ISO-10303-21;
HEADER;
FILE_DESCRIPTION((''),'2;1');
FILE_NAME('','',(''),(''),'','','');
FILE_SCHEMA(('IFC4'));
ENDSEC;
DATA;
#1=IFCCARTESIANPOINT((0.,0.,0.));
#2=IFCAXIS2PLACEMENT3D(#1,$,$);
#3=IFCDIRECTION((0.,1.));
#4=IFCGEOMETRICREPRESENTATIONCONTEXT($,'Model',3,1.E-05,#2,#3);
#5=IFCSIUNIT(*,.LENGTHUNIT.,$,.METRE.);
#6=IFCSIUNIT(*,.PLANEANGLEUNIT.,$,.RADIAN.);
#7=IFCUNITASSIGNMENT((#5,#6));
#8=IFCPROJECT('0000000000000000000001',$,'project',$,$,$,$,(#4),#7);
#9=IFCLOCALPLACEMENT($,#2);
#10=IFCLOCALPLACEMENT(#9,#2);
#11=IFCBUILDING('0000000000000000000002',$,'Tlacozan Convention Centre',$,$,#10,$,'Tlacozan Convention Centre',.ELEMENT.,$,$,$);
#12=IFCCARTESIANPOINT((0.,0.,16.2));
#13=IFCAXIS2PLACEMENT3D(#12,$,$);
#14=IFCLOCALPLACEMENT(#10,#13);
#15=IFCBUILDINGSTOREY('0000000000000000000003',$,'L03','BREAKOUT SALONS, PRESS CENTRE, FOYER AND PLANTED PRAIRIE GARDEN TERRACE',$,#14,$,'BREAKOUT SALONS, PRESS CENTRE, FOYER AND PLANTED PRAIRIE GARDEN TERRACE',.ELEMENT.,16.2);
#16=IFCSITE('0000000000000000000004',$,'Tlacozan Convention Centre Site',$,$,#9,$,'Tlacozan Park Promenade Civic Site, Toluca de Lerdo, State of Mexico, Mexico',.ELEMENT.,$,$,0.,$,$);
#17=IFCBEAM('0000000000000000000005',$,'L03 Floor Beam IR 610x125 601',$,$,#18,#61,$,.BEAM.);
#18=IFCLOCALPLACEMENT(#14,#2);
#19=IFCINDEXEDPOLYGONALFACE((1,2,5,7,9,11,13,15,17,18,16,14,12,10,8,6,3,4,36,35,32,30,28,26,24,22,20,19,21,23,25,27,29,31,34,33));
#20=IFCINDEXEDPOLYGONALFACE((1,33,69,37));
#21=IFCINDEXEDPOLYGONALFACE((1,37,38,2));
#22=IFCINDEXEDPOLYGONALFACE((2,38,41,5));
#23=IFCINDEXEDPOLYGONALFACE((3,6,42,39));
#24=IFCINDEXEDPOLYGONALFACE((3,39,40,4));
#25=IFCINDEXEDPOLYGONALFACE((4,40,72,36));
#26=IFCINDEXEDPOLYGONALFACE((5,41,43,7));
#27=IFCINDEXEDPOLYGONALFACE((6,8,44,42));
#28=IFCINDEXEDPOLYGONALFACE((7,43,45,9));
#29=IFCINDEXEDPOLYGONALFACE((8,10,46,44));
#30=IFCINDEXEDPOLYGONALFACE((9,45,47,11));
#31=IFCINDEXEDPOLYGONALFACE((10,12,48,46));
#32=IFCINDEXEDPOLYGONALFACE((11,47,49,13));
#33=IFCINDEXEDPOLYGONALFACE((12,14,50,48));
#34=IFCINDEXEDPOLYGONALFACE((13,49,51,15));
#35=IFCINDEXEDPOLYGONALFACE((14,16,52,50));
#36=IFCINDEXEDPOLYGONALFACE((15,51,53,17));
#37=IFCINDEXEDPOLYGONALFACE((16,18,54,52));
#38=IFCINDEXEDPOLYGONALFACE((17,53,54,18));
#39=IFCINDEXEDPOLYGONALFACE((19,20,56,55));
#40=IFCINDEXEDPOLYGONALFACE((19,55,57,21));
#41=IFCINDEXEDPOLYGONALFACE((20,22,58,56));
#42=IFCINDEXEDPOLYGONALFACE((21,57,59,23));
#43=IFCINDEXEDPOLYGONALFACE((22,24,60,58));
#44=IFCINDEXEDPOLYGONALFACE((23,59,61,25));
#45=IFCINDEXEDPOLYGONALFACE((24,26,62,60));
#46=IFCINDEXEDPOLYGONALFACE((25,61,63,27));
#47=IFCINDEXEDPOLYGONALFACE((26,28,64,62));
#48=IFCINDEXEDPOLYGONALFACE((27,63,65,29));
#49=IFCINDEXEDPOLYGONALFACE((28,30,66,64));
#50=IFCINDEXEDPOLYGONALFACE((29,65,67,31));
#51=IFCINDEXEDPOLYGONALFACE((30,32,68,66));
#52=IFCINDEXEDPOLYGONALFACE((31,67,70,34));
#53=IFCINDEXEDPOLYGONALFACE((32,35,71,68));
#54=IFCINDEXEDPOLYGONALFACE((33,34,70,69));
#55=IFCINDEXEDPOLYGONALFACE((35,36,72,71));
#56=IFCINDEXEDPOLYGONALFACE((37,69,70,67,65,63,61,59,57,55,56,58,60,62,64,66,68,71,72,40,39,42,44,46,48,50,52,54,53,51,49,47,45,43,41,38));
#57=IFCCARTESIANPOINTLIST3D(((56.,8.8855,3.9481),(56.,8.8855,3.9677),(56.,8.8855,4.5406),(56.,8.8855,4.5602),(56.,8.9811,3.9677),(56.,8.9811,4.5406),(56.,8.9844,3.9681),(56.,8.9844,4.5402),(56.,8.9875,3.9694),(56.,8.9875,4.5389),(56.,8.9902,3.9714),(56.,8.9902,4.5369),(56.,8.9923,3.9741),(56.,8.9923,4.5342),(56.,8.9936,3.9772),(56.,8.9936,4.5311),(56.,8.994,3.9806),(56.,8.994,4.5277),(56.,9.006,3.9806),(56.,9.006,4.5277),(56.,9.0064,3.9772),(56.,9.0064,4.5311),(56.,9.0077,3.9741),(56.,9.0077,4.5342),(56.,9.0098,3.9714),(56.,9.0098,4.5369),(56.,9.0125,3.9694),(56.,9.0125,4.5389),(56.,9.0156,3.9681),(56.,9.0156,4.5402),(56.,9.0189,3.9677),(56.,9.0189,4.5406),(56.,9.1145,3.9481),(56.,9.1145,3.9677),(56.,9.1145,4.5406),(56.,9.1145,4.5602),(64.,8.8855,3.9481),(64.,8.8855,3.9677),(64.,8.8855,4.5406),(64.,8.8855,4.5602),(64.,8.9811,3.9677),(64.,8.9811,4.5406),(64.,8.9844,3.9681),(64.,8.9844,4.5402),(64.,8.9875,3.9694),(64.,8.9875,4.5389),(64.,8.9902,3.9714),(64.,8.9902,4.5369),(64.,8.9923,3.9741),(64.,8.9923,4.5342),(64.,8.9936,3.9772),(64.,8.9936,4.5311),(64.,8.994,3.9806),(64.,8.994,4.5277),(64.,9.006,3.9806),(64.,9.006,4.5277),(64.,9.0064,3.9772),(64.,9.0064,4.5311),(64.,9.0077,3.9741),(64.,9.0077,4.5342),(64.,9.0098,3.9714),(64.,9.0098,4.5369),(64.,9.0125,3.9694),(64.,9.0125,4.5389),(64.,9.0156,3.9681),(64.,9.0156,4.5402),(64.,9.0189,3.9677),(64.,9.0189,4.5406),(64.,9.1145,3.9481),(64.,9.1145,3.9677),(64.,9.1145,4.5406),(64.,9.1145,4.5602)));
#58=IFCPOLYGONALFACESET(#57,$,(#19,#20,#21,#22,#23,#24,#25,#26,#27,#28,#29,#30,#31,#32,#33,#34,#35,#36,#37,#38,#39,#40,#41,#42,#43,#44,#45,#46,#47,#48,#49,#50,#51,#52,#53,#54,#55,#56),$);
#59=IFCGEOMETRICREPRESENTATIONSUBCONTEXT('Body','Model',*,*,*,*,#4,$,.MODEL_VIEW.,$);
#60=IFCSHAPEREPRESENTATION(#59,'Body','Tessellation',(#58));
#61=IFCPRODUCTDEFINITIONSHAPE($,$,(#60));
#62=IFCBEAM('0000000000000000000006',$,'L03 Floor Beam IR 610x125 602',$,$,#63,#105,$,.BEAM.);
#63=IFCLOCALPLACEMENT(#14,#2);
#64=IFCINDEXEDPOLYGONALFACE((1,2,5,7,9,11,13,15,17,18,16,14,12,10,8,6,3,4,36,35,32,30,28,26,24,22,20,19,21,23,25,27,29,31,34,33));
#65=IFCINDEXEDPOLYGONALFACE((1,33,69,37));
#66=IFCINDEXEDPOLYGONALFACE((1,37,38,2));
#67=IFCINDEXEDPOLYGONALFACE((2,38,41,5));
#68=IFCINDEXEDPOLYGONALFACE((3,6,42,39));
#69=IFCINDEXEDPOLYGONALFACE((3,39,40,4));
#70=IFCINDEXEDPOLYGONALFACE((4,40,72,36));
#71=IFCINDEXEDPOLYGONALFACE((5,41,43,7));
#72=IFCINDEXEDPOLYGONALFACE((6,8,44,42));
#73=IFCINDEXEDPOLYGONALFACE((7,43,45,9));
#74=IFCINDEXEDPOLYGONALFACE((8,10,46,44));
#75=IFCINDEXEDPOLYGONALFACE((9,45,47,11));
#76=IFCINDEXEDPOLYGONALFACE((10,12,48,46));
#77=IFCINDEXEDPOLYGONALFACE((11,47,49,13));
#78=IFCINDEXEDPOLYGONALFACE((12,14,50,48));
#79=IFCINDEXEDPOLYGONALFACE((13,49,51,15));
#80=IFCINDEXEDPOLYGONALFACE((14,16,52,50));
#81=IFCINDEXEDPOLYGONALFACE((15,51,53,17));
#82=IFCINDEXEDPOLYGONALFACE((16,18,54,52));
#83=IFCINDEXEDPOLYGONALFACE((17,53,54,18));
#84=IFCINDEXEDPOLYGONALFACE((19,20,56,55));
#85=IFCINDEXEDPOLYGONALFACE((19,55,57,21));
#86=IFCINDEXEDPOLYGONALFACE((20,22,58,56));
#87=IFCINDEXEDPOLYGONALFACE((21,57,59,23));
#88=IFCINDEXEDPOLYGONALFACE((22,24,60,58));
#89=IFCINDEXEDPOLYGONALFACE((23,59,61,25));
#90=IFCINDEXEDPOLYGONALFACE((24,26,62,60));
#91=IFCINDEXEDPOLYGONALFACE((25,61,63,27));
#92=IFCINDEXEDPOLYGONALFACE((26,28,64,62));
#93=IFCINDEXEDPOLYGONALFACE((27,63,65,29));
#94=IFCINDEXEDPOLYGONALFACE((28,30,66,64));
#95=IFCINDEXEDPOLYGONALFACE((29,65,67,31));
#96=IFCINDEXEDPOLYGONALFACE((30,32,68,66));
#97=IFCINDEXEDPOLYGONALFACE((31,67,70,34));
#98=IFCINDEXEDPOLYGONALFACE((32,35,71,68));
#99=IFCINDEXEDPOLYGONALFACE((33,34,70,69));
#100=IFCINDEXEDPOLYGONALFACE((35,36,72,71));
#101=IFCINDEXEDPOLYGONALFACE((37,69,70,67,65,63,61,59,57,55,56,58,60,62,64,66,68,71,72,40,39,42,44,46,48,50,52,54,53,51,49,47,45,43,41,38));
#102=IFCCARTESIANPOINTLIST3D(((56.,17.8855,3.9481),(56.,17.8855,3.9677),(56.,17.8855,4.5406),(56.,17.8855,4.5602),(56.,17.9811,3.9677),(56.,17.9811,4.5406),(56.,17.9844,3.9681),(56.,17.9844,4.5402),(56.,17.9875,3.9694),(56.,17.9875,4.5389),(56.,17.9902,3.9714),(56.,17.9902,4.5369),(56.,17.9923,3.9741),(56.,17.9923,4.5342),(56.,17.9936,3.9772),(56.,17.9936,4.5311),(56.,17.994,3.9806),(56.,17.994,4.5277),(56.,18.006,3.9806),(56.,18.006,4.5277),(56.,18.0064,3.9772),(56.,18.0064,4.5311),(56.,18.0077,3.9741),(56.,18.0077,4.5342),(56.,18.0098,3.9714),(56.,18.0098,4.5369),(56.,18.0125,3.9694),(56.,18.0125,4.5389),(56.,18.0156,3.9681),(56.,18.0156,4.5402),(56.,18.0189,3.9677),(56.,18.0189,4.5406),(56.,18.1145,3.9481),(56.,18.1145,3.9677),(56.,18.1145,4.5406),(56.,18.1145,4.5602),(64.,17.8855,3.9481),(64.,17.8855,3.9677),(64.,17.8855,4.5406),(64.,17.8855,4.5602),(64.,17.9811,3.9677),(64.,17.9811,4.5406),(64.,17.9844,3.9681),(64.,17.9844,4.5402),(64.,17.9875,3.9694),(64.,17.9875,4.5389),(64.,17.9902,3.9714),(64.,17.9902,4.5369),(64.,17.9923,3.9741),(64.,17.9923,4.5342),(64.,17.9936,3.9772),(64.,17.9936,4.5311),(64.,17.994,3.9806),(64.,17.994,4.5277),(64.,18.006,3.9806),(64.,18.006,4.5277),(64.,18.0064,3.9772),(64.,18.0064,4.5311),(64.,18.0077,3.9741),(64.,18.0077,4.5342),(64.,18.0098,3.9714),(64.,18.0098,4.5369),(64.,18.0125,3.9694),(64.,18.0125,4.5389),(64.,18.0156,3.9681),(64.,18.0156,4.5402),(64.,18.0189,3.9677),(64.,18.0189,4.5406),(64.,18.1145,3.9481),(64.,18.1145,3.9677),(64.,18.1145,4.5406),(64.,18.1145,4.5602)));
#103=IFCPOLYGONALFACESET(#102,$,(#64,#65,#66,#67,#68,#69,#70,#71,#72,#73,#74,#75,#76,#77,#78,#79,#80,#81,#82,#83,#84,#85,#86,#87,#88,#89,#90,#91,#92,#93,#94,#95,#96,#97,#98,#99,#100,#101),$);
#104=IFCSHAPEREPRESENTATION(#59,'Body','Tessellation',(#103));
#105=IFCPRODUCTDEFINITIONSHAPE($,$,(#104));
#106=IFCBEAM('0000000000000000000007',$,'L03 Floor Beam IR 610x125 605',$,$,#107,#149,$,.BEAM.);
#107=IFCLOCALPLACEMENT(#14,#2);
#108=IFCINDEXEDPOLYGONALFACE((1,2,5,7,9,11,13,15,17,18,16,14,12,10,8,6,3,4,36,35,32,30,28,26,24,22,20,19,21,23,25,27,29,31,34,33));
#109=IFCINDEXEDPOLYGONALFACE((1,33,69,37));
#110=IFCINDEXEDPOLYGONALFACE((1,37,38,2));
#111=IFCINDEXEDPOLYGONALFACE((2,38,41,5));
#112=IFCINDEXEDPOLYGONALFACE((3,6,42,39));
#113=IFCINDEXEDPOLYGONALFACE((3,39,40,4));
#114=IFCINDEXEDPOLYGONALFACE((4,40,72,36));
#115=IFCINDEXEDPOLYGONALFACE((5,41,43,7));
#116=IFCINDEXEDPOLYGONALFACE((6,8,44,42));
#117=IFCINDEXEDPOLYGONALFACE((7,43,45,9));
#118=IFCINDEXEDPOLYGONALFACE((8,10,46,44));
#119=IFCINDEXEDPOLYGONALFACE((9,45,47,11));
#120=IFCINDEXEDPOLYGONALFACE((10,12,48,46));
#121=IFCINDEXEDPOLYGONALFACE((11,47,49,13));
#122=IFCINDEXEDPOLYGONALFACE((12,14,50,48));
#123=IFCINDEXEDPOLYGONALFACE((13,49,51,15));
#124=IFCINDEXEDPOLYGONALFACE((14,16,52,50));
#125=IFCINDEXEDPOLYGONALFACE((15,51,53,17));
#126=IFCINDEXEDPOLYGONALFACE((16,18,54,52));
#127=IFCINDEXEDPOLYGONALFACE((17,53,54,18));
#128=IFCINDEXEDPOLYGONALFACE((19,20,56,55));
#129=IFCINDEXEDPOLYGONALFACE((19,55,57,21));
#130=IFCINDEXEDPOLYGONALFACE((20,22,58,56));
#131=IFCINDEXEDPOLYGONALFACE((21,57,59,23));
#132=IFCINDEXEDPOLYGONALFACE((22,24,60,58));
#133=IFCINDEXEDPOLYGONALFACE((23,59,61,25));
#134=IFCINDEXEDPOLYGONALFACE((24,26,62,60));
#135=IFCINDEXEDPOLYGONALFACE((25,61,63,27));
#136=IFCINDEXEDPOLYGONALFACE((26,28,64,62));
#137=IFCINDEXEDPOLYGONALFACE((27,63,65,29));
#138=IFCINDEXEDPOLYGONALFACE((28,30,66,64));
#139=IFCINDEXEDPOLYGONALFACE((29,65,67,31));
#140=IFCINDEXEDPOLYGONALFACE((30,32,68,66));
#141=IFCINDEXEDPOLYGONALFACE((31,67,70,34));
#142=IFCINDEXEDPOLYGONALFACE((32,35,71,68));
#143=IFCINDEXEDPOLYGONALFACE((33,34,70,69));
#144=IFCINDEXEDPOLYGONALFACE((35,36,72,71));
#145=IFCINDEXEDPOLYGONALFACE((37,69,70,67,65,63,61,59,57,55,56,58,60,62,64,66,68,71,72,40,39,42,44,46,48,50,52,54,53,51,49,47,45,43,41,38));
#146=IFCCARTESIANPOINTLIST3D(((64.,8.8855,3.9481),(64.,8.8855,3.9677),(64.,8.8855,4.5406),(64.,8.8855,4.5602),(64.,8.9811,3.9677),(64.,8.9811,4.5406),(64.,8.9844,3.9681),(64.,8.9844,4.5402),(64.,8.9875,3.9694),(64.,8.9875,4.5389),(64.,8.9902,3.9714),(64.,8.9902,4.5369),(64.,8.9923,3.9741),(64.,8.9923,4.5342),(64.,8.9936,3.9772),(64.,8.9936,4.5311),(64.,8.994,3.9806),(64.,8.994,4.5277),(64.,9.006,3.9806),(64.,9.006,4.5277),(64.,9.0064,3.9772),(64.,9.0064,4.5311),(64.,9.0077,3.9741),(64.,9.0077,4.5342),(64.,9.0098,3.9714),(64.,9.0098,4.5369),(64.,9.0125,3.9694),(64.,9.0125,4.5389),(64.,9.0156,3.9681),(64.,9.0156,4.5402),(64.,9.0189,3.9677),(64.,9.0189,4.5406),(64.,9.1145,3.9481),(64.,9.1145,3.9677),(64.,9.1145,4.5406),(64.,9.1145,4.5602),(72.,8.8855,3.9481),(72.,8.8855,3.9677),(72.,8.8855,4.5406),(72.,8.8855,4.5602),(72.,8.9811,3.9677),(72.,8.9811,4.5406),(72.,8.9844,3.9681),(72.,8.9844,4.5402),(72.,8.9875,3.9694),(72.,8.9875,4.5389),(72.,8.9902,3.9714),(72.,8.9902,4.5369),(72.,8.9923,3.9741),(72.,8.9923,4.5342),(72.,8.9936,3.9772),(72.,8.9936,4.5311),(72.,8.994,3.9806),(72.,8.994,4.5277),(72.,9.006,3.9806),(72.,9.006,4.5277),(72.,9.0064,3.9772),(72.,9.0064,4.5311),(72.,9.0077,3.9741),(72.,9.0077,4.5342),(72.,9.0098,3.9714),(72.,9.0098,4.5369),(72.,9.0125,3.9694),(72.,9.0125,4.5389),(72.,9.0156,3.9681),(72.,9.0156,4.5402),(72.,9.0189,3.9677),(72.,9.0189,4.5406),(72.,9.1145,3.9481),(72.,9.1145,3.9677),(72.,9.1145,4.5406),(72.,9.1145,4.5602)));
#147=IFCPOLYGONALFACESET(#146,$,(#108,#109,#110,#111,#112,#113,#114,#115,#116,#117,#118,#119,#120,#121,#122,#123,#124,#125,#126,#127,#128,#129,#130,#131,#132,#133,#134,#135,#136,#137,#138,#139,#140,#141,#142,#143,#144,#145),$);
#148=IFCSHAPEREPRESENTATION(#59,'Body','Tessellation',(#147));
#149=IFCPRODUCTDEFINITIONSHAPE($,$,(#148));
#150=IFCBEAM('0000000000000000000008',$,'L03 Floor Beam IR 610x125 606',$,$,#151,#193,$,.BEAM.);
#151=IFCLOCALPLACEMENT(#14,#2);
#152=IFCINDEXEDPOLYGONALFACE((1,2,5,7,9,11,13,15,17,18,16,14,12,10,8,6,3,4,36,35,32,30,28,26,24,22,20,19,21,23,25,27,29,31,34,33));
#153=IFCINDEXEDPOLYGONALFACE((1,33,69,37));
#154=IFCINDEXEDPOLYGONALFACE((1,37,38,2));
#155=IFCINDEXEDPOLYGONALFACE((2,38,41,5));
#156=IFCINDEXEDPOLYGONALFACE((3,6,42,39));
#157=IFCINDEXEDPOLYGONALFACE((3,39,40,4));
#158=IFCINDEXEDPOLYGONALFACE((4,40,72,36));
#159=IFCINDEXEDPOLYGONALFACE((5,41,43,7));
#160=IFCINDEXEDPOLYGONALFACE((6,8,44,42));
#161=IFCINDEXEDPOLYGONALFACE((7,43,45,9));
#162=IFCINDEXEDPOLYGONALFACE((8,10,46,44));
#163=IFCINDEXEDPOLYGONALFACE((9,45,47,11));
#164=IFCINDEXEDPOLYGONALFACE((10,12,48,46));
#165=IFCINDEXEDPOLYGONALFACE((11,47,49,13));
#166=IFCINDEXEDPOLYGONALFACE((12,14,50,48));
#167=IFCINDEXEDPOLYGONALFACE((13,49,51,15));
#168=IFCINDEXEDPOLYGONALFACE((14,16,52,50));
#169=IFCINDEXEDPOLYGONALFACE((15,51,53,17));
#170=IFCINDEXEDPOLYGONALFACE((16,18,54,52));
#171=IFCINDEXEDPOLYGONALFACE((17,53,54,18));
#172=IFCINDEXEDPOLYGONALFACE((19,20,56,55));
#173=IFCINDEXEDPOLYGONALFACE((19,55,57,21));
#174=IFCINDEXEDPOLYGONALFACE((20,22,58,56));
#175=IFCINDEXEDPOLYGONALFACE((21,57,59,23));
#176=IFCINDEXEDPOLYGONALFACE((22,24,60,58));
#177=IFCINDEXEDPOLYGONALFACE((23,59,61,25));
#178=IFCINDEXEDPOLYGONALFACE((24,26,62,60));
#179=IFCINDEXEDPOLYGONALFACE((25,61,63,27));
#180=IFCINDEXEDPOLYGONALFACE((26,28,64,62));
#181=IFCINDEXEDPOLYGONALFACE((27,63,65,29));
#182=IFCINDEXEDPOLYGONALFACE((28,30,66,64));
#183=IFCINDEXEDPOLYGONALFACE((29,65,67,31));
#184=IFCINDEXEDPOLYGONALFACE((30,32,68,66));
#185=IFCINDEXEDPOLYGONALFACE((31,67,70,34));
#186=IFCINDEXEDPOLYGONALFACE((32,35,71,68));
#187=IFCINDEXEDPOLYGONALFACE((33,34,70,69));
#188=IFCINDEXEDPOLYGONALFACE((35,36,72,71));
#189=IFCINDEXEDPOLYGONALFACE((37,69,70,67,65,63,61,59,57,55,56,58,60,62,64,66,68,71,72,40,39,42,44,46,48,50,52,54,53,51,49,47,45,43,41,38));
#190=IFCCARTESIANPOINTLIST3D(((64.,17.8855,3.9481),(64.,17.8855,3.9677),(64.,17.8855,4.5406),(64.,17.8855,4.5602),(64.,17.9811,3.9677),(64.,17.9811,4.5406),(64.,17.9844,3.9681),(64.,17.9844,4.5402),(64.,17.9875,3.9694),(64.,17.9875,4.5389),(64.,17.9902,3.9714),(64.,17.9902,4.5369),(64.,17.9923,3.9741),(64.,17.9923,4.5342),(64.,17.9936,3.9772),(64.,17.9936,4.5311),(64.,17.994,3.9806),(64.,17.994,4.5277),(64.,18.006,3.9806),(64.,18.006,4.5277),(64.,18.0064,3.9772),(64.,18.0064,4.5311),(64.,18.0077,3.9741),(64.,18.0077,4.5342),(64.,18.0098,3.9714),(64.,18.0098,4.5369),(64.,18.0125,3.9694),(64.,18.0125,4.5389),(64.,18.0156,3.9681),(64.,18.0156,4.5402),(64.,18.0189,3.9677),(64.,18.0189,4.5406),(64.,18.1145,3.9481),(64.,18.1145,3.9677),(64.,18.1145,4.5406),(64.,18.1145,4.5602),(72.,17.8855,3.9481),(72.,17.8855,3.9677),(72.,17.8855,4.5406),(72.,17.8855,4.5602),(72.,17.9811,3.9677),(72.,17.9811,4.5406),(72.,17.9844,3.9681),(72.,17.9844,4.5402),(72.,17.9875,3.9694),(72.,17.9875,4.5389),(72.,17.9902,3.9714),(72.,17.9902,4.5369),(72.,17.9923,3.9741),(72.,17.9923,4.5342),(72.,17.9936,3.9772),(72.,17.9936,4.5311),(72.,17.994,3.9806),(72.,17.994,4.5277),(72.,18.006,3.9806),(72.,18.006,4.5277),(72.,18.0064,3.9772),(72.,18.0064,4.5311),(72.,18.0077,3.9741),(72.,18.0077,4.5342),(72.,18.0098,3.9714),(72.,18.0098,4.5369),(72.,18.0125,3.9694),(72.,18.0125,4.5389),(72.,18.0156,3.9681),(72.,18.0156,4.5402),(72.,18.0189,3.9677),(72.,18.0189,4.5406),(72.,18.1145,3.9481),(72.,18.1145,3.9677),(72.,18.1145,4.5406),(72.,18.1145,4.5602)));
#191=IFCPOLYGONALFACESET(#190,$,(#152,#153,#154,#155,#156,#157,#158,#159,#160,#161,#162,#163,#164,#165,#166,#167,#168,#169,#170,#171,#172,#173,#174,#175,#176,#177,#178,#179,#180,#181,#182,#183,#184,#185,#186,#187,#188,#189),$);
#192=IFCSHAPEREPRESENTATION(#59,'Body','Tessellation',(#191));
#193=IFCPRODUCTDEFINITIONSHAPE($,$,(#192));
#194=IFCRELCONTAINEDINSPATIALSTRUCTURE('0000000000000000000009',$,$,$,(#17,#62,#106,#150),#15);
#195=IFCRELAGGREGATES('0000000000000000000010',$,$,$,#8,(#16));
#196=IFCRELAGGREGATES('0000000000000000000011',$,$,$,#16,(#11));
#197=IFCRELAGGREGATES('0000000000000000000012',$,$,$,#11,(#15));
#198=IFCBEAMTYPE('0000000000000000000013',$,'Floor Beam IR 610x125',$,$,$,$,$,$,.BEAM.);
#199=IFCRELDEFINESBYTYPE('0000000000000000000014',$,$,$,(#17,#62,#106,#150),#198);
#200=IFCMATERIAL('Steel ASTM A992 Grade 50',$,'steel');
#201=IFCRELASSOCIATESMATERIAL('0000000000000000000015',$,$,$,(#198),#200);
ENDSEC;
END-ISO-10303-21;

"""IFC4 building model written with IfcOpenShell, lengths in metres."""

from ifc_helpers import new_model, si_unit, direction, frame, origin, origin_2d, place, context, subcontext, project, spatial, i_section, extrude, material, material_profile, profile_set, type_object, element, save


model = new_model("IFC4")

# Units and contexts
model_context = context("Model", 3, precision=1e-05, world=origin(), true_north=direction((0.0, 1.0)))
body_context = subcontext(model_context, "Body", "Model", "MODEL_VIEW")
ifc_project = project(units=[si_unit("LENGTHUNIT", "METRE"), si_unit("PLANEANGLEUNIT", "RADIAN")], contexts=[model_context])

# Site, building, storey
site_placement = place(None, origin())
site = spatial("IfcSite", under=ifc_project, at=site_placement, Name="Tlacozan Convention Centre Site", LongName="Tlacozan Park Promenade Civic Site, Toluca de Lerdo, State of Mexico, Mexico", CompositionType="ELEMENT", RefElevation=0.0)
building_placement = place(site_placement, origin())
building = spatial("IfcBuilding", under=site, at=building_placement, Name="Tlacozan Convention Centre", LongName="Tlacozan Convention Centre", CompositionType="ELEMENT")
storey_placement = place(building_placement, frame((0.0, 0.0, 16.2)))
storey = spatial("IfcBuildingStorey", under=building, at=storey_placement, Name="L03", Description="BREAKOUT SALONS, PRESS CENTRE, FOYER AND PLANTED PRAIRIE GARDEN TERRACE", LongName="BREAKOUT SALONS, PRESS CENTRE, FOYER AND PLANTED PRAIRIE GARDEN TERRACE", CompositionType="ELEMENT", Elevation=16.2)

# Beams
ifc_material_1 = material(Name="Steel ASTM A992 Grade 50", Category="steel")
ifc_material_profile_1 = material_profile(ifc_material_1, i_section(OverallWidth=0.229, OverallDepth=0.6121, WebThickness=0.012, FlangeThickness=0.0195, FilletRadius=0.0129, at=origin_2d()), Name="IR 610x125.0")
ifc_profile_set_1 = profile_set([ifc_material_profile_1], Name="Steel ASTM A992 Grade 50")
beam_type_1 = type_object("IfcBeamType", Name="Floor Beam IR 610x125", PredefinedType="BEAM", material=ifc_profile_set_1)
for number, where, z_axis, x_axis, name in (
    (1, (56.0, 9.0, 4.2542), (1.0, 0.0, 0.0), (0.0, 1.0, 0.0), "L03 Floor Beam IR 610x125 601"),
    (2, (56.0, 18.0, 4.2542), (1.0, 0.0, 0.0), (0.0, 1.0, 0.0), "L03 Floor Beam IR 610x125 602"),
    (3, (64.0, 9.0, 4.2542), (1.0, 0.0, 0.0), (0.0, 1.0, 0.0), "L03 Floor Beam IR 610x125 605"),
    (4, (64.0, 18.0, 4.2542), (1.0, 0.0, 0.0), (0.0, 1.0, 0.0), "L03 Floor Beam IR 610x125 606"),
):
    element("IfcBeam", number, at=place(storey_placement, frame(where, z_axis=z_axis, x_axis=x_axis)), inside=storey, type_object=beam_type_1, Name=name, PredefinedType="BEAM", context=body_context, shape_type="SweptSolid", body=[
        extrude(i_section(OverallWidth=0.229, OverallDepth=0.6121, WebThickness=0.012, FlangeThickness=0.0195, FilletRadius=0.0129, at=origin_2d()), origin(), (0.0, 0.0, 1.0), 8.0),
    ])

save(model, "model.ifc")
